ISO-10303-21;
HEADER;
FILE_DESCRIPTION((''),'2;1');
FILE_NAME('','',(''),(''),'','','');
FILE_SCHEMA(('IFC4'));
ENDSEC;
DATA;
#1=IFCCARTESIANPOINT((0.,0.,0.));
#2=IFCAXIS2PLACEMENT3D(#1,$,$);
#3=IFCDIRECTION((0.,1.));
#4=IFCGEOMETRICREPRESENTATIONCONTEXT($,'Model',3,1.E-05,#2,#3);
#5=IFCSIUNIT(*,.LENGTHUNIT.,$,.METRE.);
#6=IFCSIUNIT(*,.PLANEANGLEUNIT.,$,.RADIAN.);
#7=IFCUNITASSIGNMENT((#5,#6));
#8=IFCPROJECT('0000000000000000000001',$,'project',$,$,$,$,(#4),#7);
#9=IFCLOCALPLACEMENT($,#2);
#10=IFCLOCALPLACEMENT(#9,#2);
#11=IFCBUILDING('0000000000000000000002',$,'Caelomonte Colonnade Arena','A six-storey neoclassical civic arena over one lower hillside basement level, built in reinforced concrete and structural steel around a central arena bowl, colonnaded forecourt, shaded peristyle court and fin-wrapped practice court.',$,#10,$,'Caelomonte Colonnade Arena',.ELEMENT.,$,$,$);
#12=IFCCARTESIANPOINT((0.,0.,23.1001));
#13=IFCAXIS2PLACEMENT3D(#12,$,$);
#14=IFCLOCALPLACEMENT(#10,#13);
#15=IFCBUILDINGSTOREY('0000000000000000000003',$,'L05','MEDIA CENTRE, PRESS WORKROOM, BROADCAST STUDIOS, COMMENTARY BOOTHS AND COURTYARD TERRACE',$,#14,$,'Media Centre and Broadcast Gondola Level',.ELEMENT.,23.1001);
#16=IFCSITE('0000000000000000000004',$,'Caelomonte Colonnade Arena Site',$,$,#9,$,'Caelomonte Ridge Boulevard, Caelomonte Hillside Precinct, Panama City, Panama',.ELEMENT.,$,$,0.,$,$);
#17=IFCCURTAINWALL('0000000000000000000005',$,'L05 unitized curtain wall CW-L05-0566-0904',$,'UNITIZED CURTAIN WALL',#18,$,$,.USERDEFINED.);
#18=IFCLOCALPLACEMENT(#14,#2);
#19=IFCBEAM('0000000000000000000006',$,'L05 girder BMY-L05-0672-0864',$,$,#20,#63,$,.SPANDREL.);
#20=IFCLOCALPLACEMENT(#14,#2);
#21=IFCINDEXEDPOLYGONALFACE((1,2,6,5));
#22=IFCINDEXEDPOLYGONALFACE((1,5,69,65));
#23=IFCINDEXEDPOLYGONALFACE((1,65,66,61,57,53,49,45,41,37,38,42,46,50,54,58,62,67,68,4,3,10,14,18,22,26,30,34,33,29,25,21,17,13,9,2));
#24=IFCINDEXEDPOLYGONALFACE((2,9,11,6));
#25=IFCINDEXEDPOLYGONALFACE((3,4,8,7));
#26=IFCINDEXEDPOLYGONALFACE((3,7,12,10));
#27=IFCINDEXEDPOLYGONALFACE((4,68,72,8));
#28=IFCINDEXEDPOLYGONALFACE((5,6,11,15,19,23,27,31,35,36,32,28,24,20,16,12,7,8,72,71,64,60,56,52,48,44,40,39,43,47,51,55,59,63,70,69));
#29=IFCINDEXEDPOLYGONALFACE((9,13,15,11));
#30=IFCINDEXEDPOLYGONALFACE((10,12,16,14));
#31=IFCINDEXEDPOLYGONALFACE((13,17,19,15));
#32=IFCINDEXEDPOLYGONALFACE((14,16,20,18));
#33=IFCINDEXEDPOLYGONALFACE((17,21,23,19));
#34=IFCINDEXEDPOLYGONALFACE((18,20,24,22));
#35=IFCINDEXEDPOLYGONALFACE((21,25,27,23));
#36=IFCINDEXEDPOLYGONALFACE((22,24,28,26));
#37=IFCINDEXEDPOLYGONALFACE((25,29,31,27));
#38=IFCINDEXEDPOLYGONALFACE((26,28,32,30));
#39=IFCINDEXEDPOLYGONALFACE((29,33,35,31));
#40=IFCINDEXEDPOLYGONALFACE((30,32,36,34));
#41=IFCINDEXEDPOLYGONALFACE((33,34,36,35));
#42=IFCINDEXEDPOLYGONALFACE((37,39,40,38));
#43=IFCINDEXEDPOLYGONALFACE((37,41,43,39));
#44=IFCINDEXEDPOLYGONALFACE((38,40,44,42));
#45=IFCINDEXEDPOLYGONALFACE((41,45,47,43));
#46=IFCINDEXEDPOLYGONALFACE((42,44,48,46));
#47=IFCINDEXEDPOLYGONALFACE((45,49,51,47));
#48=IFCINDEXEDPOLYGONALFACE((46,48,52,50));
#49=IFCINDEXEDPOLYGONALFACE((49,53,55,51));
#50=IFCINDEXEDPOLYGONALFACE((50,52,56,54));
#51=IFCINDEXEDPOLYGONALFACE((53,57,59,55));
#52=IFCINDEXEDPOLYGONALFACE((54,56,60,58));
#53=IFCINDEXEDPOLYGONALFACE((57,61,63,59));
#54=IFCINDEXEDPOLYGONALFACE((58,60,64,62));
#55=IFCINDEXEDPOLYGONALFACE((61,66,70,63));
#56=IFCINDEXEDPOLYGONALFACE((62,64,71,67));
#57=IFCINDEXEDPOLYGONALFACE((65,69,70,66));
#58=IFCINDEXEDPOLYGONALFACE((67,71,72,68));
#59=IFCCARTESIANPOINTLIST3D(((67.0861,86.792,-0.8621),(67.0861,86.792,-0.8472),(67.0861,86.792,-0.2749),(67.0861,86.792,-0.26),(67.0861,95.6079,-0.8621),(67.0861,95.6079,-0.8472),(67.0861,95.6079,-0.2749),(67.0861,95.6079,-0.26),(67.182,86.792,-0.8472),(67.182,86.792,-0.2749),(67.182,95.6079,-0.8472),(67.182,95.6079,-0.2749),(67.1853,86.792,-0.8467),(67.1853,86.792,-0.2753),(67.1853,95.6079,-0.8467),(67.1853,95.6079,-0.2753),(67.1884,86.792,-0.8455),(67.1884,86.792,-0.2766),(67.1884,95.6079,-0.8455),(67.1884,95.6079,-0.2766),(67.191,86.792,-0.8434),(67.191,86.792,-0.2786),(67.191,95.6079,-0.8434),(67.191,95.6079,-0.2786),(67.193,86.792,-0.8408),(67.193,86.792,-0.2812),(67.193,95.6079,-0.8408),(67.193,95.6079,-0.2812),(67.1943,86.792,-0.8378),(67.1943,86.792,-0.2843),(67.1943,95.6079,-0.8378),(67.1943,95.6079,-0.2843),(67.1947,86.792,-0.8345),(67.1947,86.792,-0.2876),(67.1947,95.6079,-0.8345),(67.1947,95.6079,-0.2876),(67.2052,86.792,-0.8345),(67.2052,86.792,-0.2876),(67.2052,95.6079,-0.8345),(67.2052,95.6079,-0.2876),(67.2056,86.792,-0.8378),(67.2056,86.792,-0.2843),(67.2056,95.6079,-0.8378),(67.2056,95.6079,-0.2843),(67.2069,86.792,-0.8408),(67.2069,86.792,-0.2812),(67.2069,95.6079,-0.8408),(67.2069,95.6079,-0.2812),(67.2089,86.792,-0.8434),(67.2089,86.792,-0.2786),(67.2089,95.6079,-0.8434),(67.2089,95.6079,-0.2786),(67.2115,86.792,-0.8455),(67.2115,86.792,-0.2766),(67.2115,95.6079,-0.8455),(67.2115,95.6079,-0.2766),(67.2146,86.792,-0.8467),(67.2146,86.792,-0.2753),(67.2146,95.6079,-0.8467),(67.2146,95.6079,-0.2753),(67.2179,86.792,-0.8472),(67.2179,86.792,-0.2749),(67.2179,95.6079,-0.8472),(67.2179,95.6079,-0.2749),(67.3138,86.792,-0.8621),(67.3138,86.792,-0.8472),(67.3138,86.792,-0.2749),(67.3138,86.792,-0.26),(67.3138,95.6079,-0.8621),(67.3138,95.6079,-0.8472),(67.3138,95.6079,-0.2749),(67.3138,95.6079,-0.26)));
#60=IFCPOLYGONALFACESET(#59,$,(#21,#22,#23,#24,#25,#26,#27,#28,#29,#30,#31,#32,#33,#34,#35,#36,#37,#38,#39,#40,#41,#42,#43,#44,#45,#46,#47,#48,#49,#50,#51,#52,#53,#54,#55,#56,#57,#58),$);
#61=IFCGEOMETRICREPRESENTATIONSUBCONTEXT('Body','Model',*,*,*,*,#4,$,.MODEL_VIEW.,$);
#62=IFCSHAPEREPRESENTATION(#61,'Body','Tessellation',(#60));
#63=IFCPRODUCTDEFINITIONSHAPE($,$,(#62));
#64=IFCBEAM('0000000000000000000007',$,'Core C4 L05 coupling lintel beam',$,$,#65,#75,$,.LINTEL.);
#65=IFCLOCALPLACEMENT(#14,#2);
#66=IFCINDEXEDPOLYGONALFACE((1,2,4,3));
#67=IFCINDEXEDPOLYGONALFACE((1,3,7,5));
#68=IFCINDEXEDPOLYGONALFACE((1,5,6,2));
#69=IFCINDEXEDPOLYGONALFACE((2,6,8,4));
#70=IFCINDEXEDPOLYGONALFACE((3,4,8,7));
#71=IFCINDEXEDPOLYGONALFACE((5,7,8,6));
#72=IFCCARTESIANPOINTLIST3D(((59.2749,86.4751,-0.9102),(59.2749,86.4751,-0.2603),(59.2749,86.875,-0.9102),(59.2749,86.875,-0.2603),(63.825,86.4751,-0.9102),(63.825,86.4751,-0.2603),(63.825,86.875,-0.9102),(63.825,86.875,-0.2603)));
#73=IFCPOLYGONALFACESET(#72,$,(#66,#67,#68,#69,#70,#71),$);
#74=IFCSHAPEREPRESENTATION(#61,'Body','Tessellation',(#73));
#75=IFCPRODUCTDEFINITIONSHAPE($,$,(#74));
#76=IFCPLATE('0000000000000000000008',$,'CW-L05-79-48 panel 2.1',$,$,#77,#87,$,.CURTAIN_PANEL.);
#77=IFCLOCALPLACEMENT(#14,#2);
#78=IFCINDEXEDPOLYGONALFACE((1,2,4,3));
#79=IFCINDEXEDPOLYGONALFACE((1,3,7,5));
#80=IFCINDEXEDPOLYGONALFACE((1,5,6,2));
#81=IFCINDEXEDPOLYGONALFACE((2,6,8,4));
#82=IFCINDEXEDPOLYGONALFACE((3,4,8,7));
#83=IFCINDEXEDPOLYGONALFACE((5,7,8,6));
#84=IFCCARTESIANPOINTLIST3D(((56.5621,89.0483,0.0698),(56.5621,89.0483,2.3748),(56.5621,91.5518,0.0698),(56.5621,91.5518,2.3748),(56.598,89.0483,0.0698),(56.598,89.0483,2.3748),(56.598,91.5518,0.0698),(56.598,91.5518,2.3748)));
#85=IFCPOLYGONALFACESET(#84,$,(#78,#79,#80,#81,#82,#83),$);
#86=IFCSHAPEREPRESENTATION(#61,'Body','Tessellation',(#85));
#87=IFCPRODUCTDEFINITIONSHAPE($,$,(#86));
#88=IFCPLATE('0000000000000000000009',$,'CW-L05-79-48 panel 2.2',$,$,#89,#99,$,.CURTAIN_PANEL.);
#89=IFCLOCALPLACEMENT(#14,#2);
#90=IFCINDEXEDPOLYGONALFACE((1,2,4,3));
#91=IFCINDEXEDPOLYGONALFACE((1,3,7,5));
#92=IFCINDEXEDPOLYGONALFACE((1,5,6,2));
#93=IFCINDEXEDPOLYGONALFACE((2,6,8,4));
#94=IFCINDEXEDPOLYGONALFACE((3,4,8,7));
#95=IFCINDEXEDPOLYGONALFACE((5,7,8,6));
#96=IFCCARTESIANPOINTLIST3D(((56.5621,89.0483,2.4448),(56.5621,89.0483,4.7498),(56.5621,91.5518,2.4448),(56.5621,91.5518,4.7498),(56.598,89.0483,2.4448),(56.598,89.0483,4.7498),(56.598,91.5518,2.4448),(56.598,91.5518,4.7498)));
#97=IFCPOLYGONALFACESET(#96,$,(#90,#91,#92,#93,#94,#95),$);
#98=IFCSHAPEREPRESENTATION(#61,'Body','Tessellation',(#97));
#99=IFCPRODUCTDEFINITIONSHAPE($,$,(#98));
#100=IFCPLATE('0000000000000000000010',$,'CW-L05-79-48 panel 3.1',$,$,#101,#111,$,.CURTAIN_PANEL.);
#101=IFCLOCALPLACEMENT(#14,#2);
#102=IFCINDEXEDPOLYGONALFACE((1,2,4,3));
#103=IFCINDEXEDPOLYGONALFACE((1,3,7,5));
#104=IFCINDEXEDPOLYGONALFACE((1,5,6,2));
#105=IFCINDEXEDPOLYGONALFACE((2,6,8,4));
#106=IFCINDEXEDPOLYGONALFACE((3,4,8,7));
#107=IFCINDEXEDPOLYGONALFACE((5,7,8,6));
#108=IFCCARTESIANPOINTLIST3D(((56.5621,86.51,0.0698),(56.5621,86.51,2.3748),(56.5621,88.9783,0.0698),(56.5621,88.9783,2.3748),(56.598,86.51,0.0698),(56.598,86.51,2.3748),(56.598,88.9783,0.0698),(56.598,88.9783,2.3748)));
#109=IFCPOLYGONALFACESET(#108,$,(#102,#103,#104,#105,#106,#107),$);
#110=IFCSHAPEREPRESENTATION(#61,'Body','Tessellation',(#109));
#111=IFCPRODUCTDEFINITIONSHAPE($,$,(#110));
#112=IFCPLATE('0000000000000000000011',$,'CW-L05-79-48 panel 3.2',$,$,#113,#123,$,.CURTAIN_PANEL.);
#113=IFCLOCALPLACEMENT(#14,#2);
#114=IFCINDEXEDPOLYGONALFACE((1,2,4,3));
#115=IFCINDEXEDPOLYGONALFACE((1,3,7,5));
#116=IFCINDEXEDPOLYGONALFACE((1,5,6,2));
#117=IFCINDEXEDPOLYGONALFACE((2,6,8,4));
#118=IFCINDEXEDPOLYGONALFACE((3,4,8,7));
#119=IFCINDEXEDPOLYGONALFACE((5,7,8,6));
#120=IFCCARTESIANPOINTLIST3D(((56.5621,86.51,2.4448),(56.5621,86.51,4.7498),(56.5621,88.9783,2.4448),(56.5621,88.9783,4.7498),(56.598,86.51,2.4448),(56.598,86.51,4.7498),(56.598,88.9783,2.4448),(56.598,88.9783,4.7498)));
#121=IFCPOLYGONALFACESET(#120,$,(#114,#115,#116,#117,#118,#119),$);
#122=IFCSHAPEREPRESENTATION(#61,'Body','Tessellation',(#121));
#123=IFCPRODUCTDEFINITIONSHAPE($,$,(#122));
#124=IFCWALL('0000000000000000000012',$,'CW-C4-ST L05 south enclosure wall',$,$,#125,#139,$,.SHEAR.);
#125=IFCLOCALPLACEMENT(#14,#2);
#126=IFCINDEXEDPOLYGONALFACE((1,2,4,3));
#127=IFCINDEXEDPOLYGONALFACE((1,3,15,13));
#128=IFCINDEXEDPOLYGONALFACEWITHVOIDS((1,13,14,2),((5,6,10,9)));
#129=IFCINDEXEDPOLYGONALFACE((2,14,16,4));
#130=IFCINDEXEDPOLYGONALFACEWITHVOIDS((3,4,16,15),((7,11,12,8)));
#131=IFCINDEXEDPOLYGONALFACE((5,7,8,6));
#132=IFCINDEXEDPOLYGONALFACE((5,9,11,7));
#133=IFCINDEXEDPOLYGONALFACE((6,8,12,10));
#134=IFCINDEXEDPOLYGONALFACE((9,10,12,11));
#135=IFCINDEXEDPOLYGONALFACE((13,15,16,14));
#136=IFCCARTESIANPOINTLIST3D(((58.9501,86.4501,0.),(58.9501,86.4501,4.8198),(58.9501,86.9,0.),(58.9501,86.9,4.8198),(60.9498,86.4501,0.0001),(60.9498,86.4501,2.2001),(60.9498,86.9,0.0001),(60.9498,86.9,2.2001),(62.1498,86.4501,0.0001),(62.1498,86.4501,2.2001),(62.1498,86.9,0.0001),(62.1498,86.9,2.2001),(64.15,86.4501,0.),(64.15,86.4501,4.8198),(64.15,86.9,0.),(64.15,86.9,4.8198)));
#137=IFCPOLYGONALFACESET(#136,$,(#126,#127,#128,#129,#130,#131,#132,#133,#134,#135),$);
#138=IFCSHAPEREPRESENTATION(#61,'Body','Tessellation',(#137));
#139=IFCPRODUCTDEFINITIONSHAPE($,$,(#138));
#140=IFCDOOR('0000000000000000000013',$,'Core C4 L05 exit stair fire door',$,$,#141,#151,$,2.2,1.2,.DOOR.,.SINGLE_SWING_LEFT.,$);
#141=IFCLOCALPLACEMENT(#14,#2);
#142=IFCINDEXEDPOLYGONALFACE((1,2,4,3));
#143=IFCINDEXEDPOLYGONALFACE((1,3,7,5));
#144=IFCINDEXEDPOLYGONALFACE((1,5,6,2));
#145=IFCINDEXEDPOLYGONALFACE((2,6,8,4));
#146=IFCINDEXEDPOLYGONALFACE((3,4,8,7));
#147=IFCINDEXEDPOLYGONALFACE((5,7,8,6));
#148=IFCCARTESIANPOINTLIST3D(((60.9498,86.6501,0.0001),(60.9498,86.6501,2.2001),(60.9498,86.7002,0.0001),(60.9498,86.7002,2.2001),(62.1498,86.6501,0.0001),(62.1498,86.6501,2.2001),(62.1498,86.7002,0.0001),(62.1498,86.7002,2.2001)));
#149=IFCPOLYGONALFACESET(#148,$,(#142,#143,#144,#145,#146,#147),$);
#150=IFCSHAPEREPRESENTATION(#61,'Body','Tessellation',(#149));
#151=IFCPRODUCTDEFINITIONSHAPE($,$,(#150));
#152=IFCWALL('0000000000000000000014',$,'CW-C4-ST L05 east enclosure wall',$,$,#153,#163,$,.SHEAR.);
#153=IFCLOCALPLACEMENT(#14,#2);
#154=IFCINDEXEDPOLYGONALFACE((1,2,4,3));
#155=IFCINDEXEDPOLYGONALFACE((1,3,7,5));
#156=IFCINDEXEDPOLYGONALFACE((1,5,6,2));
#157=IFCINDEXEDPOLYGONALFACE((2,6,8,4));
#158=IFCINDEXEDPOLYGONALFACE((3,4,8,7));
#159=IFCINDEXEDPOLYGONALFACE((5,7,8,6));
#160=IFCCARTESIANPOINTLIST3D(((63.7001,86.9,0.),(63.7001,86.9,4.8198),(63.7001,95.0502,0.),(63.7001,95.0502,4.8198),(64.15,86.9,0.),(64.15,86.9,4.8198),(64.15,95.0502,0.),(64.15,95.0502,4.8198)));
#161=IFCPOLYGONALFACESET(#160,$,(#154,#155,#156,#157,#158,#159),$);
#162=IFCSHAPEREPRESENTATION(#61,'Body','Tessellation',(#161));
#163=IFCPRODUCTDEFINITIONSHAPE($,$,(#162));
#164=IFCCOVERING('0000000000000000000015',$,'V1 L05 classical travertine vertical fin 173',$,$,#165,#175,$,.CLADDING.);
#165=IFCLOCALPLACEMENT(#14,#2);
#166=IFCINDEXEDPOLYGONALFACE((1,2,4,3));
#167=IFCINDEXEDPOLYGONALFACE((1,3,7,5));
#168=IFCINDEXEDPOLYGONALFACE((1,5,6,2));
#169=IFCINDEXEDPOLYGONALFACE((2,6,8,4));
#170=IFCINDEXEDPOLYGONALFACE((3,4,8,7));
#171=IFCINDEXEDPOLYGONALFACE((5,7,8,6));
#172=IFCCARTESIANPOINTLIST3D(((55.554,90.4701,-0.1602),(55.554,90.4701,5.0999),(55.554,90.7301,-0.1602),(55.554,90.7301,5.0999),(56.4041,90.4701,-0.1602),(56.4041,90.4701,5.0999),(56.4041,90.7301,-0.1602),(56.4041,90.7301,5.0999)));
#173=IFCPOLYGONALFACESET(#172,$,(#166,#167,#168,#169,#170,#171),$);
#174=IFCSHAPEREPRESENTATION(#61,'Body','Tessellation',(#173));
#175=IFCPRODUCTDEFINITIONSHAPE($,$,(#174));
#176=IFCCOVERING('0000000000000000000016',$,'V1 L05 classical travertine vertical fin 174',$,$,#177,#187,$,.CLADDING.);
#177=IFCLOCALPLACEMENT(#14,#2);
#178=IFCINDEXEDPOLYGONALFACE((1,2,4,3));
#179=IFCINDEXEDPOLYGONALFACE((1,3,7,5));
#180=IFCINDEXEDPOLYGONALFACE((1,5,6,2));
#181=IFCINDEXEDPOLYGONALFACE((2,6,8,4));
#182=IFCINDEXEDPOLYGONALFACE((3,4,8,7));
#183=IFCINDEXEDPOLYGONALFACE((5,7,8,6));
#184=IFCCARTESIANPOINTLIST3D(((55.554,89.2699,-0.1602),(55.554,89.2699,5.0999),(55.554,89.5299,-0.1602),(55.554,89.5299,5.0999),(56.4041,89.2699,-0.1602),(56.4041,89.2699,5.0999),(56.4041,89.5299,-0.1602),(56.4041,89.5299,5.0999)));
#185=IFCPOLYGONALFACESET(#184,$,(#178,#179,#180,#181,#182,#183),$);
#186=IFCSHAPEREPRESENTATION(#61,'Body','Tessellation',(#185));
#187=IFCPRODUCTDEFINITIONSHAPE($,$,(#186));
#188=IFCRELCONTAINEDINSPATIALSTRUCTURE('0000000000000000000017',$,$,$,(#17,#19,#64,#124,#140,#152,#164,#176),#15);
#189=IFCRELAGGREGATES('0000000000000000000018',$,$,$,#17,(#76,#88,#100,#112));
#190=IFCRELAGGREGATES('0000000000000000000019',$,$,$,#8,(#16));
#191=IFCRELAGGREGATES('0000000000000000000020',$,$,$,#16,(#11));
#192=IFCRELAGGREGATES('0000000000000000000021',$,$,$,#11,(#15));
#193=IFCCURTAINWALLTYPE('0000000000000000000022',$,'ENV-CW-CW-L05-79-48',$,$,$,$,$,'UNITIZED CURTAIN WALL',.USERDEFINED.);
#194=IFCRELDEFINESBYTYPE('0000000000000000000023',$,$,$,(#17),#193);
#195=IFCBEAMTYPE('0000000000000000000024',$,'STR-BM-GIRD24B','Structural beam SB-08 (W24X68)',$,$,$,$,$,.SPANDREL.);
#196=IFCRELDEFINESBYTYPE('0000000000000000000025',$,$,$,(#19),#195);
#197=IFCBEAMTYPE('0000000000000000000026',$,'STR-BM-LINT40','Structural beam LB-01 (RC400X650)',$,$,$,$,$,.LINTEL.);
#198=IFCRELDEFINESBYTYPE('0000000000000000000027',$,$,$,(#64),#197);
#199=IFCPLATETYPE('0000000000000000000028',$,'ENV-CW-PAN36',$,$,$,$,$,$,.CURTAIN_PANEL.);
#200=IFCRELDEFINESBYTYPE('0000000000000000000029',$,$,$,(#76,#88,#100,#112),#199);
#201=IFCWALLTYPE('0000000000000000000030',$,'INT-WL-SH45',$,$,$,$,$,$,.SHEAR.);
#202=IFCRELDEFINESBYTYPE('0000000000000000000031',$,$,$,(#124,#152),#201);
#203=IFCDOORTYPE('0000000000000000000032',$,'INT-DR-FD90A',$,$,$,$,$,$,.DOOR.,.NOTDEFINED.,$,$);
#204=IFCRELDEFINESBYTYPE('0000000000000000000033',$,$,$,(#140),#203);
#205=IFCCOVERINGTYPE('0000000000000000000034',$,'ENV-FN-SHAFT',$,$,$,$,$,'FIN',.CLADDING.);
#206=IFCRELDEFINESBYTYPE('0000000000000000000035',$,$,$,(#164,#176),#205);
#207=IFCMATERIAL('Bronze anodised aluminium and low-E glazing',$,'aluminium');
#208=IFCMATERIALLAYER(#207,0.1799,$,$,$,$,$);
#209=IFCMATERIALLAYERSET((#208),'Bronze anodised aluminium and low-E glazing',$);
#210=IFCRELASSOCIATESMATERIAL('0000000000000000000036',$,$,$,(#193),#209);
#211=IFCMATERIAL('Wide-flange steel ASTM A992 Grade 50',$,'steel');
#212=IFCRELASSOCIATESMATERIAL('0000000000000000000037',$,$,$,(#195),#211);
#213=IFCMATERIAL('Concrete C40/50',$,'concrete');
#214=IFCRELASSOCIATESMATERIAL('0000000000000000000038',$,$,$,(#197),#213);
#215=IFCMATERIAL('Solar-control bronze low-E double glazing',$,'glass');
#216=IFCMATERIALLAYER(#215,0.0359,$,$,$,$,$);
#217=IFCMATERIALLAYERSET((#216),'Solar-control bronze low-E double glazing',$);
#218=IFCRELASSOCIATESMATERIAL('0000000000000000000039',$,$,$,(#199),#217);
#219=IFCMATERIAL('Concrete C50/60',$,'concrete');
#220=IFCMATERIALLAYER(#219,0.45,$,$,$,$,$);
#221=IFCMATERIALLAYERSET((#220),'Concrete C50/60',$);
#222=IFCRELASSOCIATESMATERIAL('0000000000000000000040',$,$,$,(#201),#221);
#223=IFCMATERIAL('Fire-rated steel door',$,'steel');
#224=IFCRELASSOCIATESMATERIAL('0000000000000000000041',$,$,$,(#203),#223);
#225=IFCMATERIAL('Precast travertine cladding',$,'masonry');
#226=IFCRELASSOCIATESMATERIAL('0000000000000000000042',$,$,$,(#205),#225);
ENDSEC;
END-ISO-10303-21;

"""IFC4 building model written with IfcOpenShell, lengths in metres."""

from ifc_helpers import new_model, si_unit, direction, frame, frame_2d, origin, origin_2d, place, context, subcontext, project, spatial, rectangle, i_section, extrude, material, layer, layer_set, material_profile, profile_set, type_object, element, fill, aggregate, save


model = new_model("IFC4")

# Units and contexts
model_context = context("Model", 3, precision=1e-05, world=origin(), true_north=direction((0.0, 1.0)))
body_context = subcontext(model_context, "Body", "Model", "MODEL_VIEW")
ifc_project = project(units=[si_unit("LENGTHUNIT", "METRE"), si_unit("PLANEANGLEUNIT", "RADIAN")], contexts=[model_context])

# Site, building, storey
site_placement = place(None, origin())
site = spatial("IfcSite", under=ifc_project, at=site_placement, Name="Caelomonte Colonnade Arena Site", LongName="Caelomonte Ridge Boulevard, Caelomonte Hillside Precinct, Panama City, Panama", CompositionType="ELEMENT", RefElevation=0.0)
building_placement = place(site_placement, origin())
building = spatial("IfcBuilding", under=site, at=building_placement, Name="Caelomonte Colonnade Arena", Description="A six-storey neoclassical civic arena over one lower hillside basement level, built in reinforced concrete and structural steel around a central arena bowl, colonnaded forecourt, shaded peristyle court and fin-wrapped practice court.", LongName="Caelomonte Colonnade Arena", CompositionType="ELEMENT")
storey_placement = place(building_placement, frame((0.0, 0.0, 23.1001)))
storey = spatial("IfcBuildingStorey", under=building, at=storey_placement, Name="L05", Description="MEDIA CENTRE, PRESS WORKROOM, BROADCAST STUDIOS, COMMENTARY BOOTHS AND COURTYARD TERRACE", LongName="Media Centre and Broadcast Gondola Level", CompositionType="ELEMENT", Elevation=23.1001)

# Curtain wall
ifc_material_1 = material(Name="Bronze anodised aluminium and low-E glazing", Category="aluminium")
ifc_layer_1 = layer(ifc_material_1, 0.1799)
ifc_layer_set_1 = layer_set([ifc_layer_1], Name="Bronze anodised aluminium and low-E glazing")
curtain_wall_type = type_object("IfcCurtainWallType", Name="ENV-CW-CW-L05-79-48", ElementType="UNITIZED CURTAIN WALL", PredefinedType="USERDEFINED", material=ifc_layer_set_1)
curtain_wall_placement = place(storey_placement, origin())
curtain_wall = element("IfcCurtainWall", 1, at=curtain_wall_placement, inside=storey, type_object=curtain_wall_type, Name="L05 unitized curtain wall CW-L05-0566-0904", ObjectType="UNITIZED CURTAIN WALL", PredefinedType="USERDEFINED")

# Beams
ifc_material_2 = material(Name="Wide-flange steel ASTM A992 Grade 50", Category="steel")
ifc_material_profile_1 = material_profile(ifc_material_2, i_section(OverallWidth=0.2278, OverallDepth=0.6021, WebThickness=0.0105, FlangeThickness=0.0149, FilletRadius=0.0127, at=origin_2d()), Name="W24X68")
ifc_profile_set_1 = profile_set([ifc_material_profile_1], Name="Wide-flange steel ASTM A992 Grade 50")
beam_type_1 = type_object("IfcBeamType", Name="STR-BM-GIRD24B", Description="Structural beam SB-08 (W24X68)", PredefinedType="SPANDREL", material=ifc_profile_set_1)
beam_1_placement = place(storey_placement, frame((67.2, 86.792, -0.561), z_axis=(0.0, 1.0, 0.0), x_axis=(-1.0, 0.0, 0.0)))
element("IfcBeam", 2, at=beam_1_placement, inside=storey, type_object=beam_type_1, Name="L05 girder BMY-L05-0672-0864", PredefinedType="SPANDREL", context=body_context, shape_type="SweptSolid", body=[
    extrude(i_section(OverallWidth=0.2278, OverallDepth=0.6021, WebThickness=0.0105, FlangeThickness=0.0149, FilletRadius=0.0127, at=origin_2d()), origin(), (0.0, 0.0, 1.0), 8.8159),
])
ifc_material_3 = material(Name="Concrete C40/50", Category="concrete")
ifc_material_profile_2 = material_profile(ifc_material_3, rectangle(XDim=0.3999, YDim=0.6499, at=origin_2d()), Name="RC400X650")
ifc_profile_set_2 = profile_set([ifc_material_profile_2], Name="Concrete C40/50")
beam_type_2 = type_object("IfcBeamType", Name="STR-BM-LINT40", Description="Structural beam LB-01 (RC400X650)", PredefinedType="LINTEL", material=ifc_profile_set_2)
beam_2_placement = place(storey_placement, frame((59.2749, 86.675, -0.5852), z_axis=(1.0, 0.0, 0.0), x_axis=(0.0, 1.0, 0.0)))
element("IfcBeam", 3, at=beam_2_placement, inside=storey, type_object=beam_type_2, Name="Core C4 L05 coupling lintel beam", PredefinedType="LINTEL", context=body_context, shape_type="SweptSolid", body=[
    extrude(rectangle(XDim=0.3999, YDim=0.6499, at=origin_2d()), origin(), (0.0, 0.0, 1.0), 4.55),
])

# Plates
ifc_material_4 = material(Name="Solar-control bronze low-E double glazing", Category="glass")
ifc_layer_2 = layer(ifc_material_4, 0.0359)
ifc_layer_set_2 = layer_set([ifc_layer_2], Name="Solar-control bronze low-E double glazing")
plate_type = type_object("IfcPlateType", Name="ENV-CW-PAN36", PredefinedType="CURTAIN_PANEL", material=ifc_layer_set_2)
plate_1_placement = place(storey_placement, frame((56.5801, 90.3, 0.0698), z_axis=(0.0, 0.0, 1.0), x_axis=(0.0, -1.0, 0.0)))
plate_1 = element("IfcPlate", 4, at=plate_1_placement, type_object=plate_type, Name="CW-L05-79-48 panel 2.1", PredefinedType="CURTAIN_PANEL", context=body_context, shape_type="SweptSolid", body=[
    extrude(rectangle(XDim=2.5034, YDim=0.0359, at=origin_2d()), origin(), (0.0, 0.0, 1.0), 2.3049),
])
plate_2_placement = place(storey_placement, frame((56.5801, 90.3, 2.4448), z_axis=(0.0, 0.0, 1.0), x_axis=(0.0, -1.0, 0.0)))
plate_2 = element("IfcPlate", 5, at=plate_2_placement, type_object=plate_type, Name="CW-L05-79-48 panel 2.2", PredefinedType="CURTAIN_PANEL", context=body_context, shape_type="SweptSolid", body=[
    extrude(rectangle(XDim=2.5034, YDim=0.0359, at=origin_2d()), origin(), (0.0, 0.0, 1.0), 2.3049),
])
plate_3_placement = place(storey_placement, frame((56.5801, 87.7441, 0.0698), z_axis=(0.0, 0.0, 1.0), x_axis=(0.0, -1.0, 0.0)))
plate_3 = element("IfcPlate", 6, at=plate_3_placement, type_object=plate_type, Name="CW-L05-79-48 panel 3.1", PredefinedType="CURTAIN_PANEL", context=body_context, shape_type="SweptSolid", body=[
    extrude(rectangle(XDim=2.4683, YDim=0.0359, at=origin_2d()), origin(), (0.0, 0.0, 1.0), 2.3049),
])
plate_4_placement = place(storey_placement, frame((56.5801, 87.7441, 2.4448), z_axis=(0.0, 0.0, 1.0), x_axis=(0.0, -1.0, 0.0)))
plate_4 = element("IfcPlate", 7, at=plate_4_placement, type_object=plate_type, Name="CW-L05-79-48 panel 3.2", PredefinedType="CURTAIN_PANEL", context=body_context, shape_type="SweptSolid", body=[
    extrude(rectangle(XDim=2.4683, YDim=0.0359, at=origin_2d()), origin(), (0.0, 0.0, 1.0), 2.3049),
])
aggregate(curtain_wall, [plate_1, plate_2, plate_3, plate_4])

# Wall, opening, door
ifc_material_5 = material(Name="Concrete C50/60", Category="concrete")
ifc_layer_3 = layer(ifc_material_5, 0.45)
ifc_layer_set_3 = layer_set([ifc_layer_3], Name="Concrete C50/60")
wall_type = type_object("IfcWallType", Name="INT-WL-SH45", PredefinedType="SHEAR", material=ifc_layer_set_3)
wall_1_placement = place(storey_placement, frame((58.95, 86.675, 0.0), z_axis=(0.0, 0.0, 1.0), x_axis=(1.0, 0.0, 0.0)))
wall_1 = element("IfcWall", 8, at=wall_1_placement, inside=storey, type_object=wall_type, Name="CW-C4-ST L05 south enclosure wall", PredefinedType="SHEAR", context=body_context, shape_type="SweptSolid", body=[
    extrude(rectangle(XDim=5.2, YDim=0.45, at=frame_2d((2.6001, 0.0))), origin(), (0.0, 0.0, 1.0), 4.8198),
])
opening_placement = place(wall_1_placement, frame((3.2, 0.0, 0.0), z_axis=(0.0, 0.0, 1.0), x_axis=(-1.0, 0.0, 0.0)))
opening = element("IfcOpeningElement", 9, at=opening_placement, cuts=wall_1, PredefinedType="OPENING", context=body_context, shape_type="SweptSolid", body=[
    extrude(rectangle(XDim=1.2, YDim=2.2, at=frame_2d((0.6001, 1.1001))), frame((0.0, 0.2349, 0.0), z_axis=(0.0, -1.0, 0.0), x_axis=(1.0, 0.0, 0.0)), (0.0, 0.0, 1.0), 0.47),
])
ifc_material_6 = material(Name="Fire-rated steel door", Category="steel")
door_type = type_object("IfcDoorType", Name="INT-DR-FD90A", OperationType="NOTDEFINED", PredefinedType="DOOR", material=ifc_material_6)
door_placement = place(opening_placement, origin())
door = element("IfcDoor", 10, at=door_placement, inside=storey, type_object=door_type, Name="Core C4 L05 exit stair fire door", OperationType="SINGLE_SWING_LEFT", OverallHeight=2.2, OverallWidth=1.2, PredefinedType="DOOR", context=body_context, shape_type="SweptSolid", body=[
    extrude(rectangle(XDim=1.2, YDim=2.2, at=frame_2d((0.6001, 1.1001))), frame((0.0, 0.0249, 0.0), z_axis=(0.0, -1.0, 0.0), x_axis=(1.0, 0.0, 0.0)), (0.0, 0.0, 1.0), 0.05),
])
fill(opening, door)

# Wall
wall_2_placement = place(storey_placement, frame((63.925, 86.8999, 0.0), z_axis=(0.0, 0.0, 1.0), x_axis=(0.0, 1.0, 0.0)))
element("IfcWall", 11, at=wall_2_placement, inside=storey, type_object=wall_type, Name="CW-C4-ST L05 east enclosure wall", PredefinedType="SHEAR", context=body_context, shape_type="SweptSolid", body=[
    extrude(rectangle(XDim=8.1501, YDim=0.45, at=frame_2d((4.0752, 0.0))), origin(), (0.0, 0.0, 1.0), 4.8198),
])

# Coverings
ifc_material_7 = material(Name="Precast travertine cladding", Category="masonry")
ifc_material_profile_3 = material_profile(ifc_material_7, rectangle(XDim=0.26, YDim=0.8501, at=origin_2d()), Name="FIN260X850")
ifc_profile_set_3 = profile_set([ifc_material_profile_3], Name="Precast travertine cladding")
covering_type = type_object("IfcCoveringType", Name="ENV-FN-SHAFT", ElementType="FIN", PredefinedType="CLADDING", material=ifc_profile_set_3)
for number, where, z_axis, x_axis, name in (
    (12, (55.979, 90.6001, -0.1602), (0.0, 0.0, 1.0), (0.0, 1.0, 0.0), "V1 L05 classical travertine vertical fin 173"),
    (13, (55.979, 89.3999, -0.1602), (0.0, 0.0, 1.0), (0.0, 1.0, 0.0), "V1 L05 classical travertine vertical fin 174"),
):
    element("IfcCovering", number, at=place(storey_placement, frame(where, z_axis=z_axis, x_axis=x_axis)), inside=storey, type_object=covering_type, Name=name, PredefinedType="CLADDING", context=body_context, shape_type="SweptSolid", body=[
        extrude(rectangle(XDim=0.26, YDim=0.8501, at=origin_2d()), origin(), (0.0, 0.0, 1.0), 5.26),
    ])

save(model, "model.ifc")
